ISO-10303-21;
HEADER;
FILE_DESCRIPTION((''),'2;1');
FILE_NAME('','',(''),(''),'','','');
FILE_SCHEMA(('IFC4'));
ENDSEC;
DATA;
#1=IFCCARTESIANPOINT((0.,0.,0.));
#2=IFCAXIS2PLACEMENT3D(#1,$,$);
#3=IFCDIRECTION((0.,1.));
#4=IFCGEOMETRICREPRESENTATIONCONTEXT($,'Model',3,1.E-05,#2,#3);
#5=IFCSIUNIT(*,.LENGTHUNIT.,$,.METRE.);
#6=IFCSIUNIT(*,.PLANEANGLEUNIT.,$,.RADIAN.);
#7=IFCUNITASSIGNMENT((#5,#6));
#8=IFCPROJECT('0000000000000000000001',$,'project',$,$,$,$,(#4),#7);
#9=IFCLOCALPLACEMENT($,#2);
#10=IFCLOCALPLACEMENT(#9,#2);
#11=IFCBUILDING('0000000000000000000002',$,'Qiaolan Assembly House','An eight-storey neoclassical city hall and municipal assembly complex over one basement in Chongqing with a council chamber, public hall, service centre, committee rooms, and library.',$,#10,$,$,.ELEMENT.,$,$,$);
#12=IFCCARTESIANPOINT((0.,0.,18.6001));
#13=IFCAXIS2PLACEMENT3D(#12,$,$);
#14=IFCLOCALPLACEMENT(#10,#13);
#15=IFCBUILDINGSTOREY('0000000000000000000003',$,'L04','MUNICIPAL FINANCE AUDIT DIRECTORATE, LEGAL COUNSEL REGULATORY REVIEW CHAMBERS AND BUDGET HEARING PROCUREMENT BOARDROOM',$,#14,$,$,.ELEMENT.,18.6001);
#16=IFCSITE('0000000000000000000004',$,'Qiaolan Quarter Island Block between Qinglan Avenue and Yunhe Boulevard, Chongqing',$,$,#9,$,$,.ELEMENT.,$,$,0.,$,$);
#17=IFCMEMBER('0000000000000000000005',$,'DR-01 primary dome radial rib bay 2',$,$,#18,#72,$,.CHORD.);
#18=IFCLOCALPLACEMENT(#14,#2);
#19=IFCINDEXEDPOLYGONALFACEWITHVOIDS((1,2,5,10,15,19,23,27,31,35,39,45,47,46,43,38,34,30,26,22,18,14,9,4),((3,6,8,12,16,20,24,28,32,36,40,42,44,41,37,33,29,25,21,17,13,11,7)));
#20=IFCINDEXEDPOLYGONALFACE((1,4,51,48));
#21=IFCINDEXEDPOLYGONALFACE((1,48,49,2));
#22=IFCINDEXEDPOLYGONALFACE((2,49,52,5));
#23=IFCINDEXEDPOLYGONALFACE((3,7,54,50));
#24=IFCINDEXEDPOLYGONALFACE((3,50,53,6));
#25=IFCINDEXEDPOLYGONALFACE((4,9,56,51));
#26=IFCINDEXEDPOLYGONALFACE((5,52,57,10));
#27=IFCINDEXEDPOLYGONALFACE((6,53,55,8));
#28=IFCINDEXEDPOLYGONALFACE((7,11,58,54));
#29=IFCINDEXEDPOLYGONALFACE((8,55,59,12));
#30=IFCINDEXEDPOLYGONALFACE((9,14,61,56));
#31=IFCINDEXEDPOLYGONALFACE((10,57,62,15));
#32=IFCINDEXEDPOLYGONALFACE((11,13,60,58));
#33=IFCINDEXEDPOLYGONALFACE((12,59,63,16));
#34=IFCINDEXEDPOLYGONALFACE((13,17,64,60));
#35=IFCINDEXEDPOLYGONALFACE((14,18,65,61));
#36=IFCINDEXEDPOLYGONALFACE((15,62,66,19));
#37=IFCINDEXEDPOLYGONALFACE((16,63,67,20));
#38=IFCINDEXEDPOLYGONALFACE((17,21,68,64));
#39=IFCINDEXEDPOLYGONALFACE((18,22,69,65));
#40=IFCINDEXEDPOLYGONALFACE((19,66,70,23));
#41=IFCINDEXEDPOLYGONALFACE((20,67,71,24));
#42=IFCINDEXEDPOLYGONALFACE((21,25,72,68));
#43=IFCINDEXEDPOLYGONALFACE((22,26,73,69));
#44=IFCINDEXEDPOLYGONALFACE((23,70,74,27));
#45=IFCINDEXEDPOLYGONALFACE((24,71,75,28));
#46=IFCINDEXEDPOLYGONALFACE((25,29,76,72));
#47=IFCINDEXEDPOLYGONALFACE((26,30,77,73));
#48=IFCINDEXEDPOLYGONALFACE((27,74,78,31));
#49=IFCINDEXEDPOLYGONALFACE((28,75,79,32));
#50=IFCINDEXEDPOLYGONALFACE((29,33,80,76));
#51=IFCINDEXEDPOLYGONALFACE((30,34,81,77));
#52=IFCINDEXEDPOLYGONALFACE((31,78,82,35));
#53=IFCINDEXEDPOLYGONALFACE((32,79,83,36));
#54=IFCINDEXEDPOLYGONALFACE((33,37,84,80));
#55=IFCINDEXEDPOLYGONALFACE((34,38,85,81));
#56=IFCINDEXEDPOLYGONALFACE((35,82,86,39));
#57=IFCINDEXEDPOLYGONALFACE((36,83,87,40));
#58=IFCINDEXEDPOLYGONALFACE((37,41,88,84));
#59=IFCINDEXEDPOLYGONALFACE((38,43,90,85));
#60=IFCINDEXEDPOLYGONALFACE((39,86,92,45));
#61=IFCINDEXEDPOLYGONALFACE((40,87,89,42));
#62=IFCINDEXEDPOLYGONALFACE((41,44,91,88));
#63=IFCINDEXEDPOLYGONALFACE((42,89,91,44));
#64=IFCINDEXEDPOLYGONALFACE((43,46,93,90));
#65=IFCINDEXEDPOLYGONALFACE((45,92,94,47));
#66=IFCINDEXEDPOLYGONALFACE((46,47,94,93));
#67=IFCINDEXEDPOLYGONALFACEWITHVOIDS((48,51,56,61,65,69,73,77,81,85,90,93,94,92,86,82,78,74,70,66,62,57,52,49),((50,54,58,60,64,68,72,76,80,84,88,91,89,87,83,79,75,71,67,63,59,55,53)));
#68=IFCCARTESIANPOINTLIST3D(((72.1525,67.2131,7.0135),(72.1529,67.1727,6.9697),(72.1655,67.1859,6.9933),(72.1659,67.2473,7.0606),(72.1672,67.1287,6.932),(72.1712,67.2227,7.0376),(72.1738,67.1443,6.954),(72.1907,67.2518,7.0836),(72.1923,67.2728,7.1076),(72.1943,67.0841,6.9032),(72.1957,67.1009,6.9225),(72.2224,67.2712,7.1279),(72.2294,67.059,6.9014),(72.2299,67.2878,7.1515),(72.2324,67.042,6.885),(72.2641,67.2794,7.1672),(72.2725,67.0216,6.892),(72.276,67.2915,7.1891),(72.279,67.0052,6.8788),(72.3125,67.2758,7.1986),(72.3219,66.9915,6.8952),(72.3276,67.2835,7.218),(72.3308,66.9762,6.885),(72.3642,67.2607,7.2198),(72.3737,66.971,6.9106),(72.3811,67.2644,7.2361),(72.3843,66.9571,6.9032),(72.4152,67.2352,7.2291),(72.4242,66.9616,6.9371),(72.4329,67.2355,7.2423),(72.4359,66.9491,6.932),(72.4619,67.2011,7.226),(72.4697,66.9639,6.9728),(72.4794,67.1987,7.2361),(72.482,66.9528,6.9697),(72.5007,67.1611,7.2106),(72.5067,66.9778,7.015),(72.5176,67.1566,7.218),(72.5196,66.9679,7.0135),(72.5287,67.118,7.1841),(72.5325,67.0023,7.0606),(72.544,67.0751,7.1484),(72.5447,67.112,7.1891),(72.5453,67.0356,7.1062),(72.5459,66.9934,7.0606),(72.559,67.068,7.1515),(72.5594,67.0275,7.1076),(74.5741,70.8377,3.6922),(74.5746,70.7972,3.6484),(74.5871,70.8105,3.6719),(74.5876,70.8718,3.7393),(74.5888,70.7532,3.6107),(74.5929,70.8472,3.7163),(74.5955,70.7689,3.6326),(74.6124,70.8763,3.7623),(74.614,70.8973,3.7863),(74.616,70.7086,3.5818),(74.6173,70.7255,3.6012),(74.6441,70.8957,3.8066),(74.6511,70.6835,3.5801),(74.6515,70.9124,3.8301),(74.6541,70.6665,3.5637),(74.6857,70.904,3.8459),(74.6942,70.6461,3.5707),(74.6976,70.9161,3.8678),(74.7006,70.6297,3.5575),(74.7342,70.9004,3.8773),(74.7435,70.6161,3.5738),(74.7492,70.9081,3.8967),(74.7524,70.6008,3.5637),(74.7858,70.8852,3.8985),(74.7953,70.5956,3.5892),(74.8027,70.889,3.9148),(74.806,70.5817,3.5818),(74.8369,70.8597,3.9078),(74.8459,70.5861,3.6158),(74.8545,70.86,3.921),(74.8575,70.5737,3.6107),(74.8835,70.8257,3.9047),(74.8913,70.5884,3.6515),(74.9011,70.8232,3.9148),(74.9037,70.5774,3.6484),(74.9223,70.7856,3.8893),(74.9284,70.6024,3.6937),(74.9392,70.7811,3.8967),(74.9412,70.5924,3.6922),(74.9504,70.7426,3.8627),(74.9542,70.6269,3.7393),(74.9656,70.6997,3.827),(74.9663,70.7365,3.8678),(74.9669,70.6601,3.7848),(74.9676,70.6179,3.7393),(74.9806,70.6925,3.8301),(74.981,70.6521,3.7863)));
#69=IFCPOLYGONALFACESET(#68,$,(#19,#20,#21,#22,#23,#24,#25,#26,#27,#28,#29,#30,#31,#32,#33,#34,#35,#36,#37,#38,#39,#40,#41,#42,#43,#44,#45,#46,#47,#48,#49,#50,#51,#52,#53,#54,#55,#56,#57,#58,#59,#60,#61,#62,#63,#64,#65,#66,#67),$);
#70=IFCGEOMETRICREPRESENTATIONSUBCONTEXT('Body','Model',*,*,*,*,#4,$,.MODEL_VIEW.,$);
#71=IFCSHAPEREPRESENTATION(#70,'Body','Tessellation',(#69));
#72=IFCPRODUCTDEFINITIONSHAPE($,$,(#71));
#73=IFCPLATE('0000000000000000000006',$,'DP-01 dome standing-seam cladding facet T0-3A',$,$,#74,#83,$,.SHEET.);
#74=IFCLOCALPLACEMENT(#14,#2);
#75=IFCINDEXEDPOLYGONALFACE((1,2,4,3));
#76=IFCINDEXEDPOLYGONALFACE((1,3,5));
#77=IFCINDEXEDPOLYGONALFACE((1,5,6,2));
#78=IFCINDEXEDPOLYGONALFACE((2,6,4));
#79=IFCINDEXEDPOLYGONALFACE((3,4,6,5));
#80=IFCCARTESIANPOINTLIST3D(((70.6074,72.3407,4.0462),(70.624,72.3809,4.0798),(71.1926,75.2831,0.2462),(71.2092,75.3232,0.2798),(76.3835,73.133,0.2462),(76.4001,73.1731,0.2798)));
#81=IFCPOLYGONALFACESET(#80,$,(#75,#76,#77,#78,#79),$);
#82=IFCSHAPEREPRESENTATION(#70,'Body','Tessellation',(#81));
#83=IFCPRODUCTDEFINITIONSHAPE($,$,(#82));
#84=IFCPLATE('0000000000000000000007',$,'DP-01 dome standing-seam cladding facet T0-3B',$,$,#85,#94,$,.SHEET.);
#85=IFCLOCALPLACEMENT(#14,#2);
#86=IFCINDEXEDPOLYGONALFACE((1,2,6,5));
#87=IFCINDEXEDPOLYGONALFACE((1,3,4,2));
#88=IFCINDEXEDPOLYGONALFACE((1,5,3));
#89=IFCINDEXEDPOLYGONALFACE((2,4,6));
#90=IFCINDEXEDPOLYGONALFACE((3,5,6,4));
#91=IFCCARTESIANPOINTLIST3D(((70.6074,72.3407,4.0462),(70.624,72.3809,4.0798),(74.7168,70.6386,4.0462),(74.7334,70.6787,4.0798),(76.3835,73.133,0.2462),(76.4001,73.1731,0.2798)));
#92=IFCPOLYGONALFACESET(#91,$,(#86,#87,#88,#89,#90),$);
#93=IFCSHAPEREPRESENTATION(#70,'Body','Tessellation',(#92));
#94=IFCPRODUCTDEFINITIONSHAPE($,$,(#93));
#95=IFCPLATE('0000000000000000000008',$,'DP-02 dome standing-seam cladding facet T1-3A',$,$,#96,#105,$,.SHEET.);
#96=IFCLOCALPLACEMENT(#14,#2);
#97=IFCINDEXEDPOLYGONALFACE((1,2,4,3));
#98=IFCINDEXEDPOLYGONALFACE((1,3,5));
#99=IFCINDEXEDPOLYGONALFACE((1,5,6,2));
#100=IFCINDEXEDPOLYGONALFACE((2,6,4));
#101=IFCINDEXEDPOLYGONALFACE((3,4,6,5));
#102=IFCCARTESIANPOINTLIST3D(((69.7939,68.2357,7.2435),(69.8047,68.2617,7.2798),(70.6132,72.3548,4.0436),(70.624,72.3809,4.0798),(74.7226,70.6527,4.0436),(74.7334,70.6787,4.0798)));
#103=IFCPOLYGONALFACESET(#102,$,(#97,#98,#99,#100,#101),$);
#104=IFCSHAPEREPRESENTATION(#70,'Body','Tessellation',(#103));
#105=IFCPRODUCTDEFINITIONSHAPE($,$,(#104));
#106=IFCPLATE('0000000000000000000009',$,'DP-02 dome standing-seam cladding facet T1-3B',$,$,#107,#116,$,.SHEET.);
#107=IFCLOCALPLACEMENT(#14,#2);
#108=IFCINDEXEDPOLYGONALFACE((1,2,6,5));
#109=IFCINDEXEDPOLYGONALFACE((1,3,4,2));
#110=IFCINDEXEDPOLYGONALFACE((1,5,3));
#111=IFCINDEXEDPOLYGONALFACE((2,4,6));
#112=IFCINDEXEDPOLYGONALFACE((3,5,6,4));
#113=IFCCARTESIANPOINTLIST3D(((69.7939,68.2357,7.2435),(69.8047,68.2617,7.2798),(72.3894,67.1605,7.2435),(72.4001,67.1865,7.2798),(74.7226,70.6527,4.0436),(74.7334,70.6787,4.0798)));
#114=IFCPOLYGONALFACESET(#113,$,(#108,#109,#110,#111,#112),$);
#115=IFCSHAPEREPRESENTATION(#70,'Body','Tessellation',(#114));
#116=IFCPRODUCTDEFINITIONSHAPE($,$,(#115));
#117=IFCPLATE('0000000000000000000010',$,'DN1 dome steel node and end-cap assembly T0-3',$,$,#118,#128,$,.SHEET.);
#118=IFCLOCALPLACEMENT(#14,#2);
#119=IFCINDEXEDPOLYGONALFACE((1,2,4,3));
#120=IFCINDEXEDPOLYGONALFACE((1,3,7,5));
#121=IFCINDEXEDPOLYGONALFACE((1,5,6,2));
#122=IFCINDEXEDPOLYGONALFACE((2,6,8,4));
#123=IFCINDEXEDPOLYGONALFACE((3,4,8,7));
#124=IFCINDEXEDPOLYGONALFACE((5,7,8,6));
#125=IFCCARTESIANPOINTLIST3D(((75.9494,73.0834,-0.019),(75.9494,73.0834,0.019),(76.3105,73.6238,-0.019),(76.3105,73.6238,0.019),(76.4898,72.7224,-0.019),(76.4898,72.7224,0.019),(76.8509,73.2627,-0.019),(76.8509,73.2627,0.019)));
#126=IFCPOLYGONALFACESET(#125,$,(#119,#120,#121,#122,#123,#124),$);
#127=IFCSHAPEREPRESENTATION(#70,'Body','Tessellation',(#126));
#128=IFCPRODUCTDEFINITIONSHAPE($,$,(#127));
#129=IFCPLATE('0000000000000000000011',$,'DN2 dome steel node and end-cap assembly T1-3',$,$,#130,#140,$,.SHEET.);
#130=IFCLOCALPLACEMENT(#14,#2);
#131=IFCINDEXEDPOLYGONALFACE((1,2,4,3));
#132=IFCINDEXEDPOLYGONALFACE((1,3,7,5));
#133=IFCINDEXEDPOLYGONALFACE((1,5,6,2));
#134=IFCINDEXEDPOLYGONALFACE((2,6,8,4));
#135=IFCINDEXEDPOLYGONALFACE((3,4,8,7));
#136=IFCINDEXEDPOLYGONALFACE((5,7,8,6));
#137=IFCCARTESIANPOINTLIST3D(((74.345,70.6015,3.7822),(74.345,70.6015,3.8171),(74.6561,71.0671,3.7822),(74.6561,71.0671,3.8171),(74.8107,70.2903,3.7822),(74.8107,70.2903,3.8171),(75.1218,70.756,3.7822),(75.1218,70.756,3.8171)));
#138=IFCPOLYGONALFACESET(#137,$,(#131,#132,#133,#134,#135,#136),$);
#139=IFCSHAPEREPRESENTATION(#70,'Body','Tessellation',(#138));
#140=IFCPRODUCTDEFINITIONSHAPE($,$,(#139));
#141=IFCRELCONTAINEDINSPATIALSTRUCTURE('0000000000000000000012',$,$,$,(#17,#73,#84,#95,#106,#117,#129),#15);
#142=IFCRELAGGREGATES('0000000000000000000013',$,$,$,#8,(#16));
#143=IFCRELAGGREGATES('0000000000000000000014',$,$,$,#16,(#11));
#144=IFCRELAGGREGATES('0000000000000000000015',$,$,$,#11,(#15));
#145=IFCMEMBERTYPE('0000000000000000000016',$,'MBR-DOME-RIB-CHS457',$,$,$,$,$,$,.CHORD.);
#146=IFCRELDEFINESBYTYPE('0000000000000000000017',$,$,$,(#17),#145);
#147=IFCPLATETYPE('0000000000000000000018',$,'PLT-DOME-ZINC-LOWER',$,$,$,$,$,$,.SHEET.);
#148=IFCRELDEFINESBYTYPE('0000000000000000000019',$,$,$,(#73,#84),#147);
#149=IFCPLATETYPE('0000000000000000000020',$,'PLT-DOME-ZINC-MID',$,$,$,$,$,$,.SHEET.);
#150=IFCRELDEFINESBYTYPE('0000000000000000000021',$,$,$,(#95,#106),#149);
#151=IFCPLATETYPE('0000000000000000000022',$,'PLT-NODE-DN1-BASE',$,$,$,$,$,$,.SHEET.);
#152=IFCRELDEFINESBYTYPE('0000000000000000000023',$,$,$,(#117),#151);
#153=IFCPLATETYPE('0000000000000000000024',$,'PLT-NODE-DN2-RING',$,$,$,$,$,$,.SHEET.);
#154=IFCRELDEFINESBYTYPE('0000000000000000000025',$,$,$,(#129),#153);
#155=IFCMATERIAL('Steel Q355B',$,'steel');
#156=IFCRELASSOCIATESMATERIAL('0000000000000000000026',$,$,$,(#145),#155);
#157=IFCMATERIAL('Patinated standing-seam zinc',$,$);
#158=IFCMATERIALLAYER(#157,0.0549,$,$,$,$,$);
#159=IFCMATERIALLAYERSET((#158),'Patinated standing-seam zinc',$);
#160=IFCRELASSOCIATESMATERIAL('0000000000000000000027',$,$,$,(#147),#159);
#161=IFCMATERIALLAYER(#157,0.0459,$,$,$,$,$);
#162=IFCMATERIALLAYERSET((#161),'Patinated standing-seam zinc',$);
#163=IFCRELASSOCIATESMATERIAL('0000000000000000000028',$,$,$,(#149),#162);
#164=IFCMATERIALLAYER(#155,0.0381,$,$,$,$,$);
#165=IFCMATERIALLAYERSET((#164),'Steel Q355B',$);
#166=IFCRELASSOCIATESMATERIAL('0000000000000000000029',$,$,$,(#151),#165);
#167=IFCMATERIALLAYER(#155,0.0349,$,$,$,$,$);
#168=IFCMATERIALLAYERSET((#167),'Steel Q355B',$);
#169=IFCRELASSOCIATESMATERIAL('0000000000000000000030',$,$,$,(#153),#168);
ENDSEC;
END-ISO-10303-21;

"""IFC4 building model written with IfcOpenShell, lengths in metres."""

from ifc_helpers import new_model, si_unit, direction, frame, origin, origin_2d, place, context, subcontext, project, spatial, polyline, rectangle, hollow_circle, outline, extrude, material, layer, layer_set, material_profile, profile_set, type_object, element, save


model = new_model("IFC4")

# Units and contexts
model_context = context("Model", 3, precision=1e-05, world=origin(), true_north=direction((0.0, 1.0)))
body_context = subcontext(model_context, "Body", "Model", "MODEL_VIEW")
ifc_project = project(units=[si_unit("LENGTHUNIT", "METRE"), si_unit("PLANEANGLEUNIT", "RADIAN")], contexts=[model_context])

# Site, building, storey
site_placement = place(None, origin())
site = spatial("IfcSite", under=ifc_project, at=site_placement, Name="Qiaolan Quarter Island Block between Qinglan Avenue and Yunhe Boulevard, Chongqing", CompositionType="ELEMENT", RefElevation=0.0)
building_placement = place(site_placement, origin())
building = spatial("IfcBuilding", under=site, at=building_placement, Name="Qiaolan Assembly House", Description="An eight-storey neoclassical city hall and municipal assembly complex over one basement in Chongqing with a council chamber, public hall, service centre, committee rooms, and library.", CompositionType="ELEMENT")
storey_placement = place(building_placement, frame((0.0, 0.0, 18.6001)))
storey = spatial("IfcBuildingStorey", under=building, at=storey_placement, Name="L04", Description="MUNICIPAL FINANCE AUDIT DIRECTORATE, LEGAL COUNSEL REGULATORY REVIEW CHAMBERS AND BUDGET HEARING PROCUREMENT BOARDROOM", CompositionType="ELEMENT", Elevation=18.6001)

# Shared definitions
ifc_material_1 = material(Name="Steel Q355B", Category="steel")

# Member
ifc_material_profile_1 = material_profile(ifc_material_1, hollow_circle(Radius=0.2285, WallThickness=0.0161, at=origin_2d()), Name="CHS 457x16")
ifc_profile_set_1 = profile_set([ifc_material_profile_1], Name="Steel Q355B")
member_type_1 = type_object("IfcMemberType", Name="MBR-DOME-RIB-CHS457", PredefinedType="CHORD", material=ifc_profile_set_1)
member_1_placement = place(storey_placement, frame((74.7776, 70.7449, 3.7393), z_axis=(-0.441889, -0.661386, 0.606055), x_axis=(0.83149, -0.55554, 0.0)))
element("IfcMember", 1, at=member_1_placement, inside=storey, type_object=member_type_1, Name="DR-01 primary dome radial rib bay 2", PredefinedType="CHORD", context=body_context, shape_type="SweptSolid", body=[
    extrude(hollow_circle(Radius=0.2285, WallThickness=0.0161, at=origin_2d()), origin(), (0.0, 0.0, 1.0), 5.4802),
])

# Plates
ifc_material_2 = material(Name="Patinated standing-seam zinc")
ifc_layer_1 = layer(ifc_material_2, 0.0549)
ifc_layer_set_1 = layer_set([ifc_layer_1], Name="Patinated standing-seam zinc")
plate_type_1 = type_object("IfcPlateType", Name="PLT-DOME-ZINC-LOWER", PredefinedType="SHEET", material=ifc_layer_set_1)
plate_1_placement = place(storey_placement, frame((76.4001, 73.1731, 0.2798), z_axis=(0.302582, 0.730498, 0.612223), x_axis=(-0.92388, 0.382683, 0.0)))
element("IfcPlate", 2, at=plate_1_placement, inside=storey, type_object=plate_type_1, Name="DP-01 dome standing-seam cladding facet T0-3A", PredefinedType="SHEET", context=body_context, shape_type="SweptSolid", body=[
    extrude(outline(polyline([(0.0, 0.0), (5.6186, 0.0), (5.0333, 4.806), (0.0, 0.0)])), origin(), (0.0, 0.0, -1.0), 0.0549),
])
plate_2_placement = place(storey_placement, frame((76.4001, 73.1731, 0.2798), z_axis=(0.302581, 0.730499, 0.612222), x_axis=(-0.829988, -0.113839, 0.54604)))
element("IfcPlate", 3, at=plate_2_placement, inside=storey, type_object=plate_type_1, Name="DP-01 dome standing-seam cladding facet T0-3B", PredefinedType="SHEET", context=body_context, shape_type="SweptSolid", body=[
    extrude(outline(polyline([(0.0, 0.0), (6.9593, 0.0), (3.7423, 3.0717), (0.0, 0.0)])), origin(), (0.0, 0.0, -1.0), 0.0549),
])
ifc_layer_2 = layer(ifc_material_2, 0.0459)
ifc_layer_set_2 = layer_set([ifc_layer_2], Name="Patinated standing-seam zinc")
plate_type_2 = type_object("IfcPlateType", Name="PLT-DOME-ZINC-MID", PredefinedType="SHEET", material=ifc_layer_set_2)
plate_3_placement = place(storey_placement, frame((74.7334, 70.6787, 4.0798), z_axis=(0.234769, 0.566786, 0.789707), x_axis=(-0.92388, 0.382681, 0.0)))
element("IfcPlate", 4, at=plate_3_placement, inside=storey, type_object=plate_type_2, Name="DP-02 dome standing-seam cladding facet T1-3A", PredefinedType="SHEET", context=body_context, shape_type="SweptSolid", body=[
    extrude(outline(polyline([(0.0, 0.0), (4.448, 0.0), (3.6286, 5.216), (0.0, 0.0)])), origin(), (0.0, 0.0, -1.0), 0.0459),
])
plate_4_placement = place(storey_placement, frame((74.7334, 70.6787, 4.0798), z_axis=(0.234787, 0.566763, 0.789718), x_axis=(-0.775682, -0.380387, 0.503609)))
element("IfcPlate", 5, at=plate_4_placement, inside=storey, type_object=plate_type_2, Name="DP-02 dome standing-seam cladding facet T1-3B", PredefinedType="SHEET", context=body_context, shape_type="SweptSolid", body=[
    extrude(outline(polyline([(0.0, 0.0), (6.354, 0.0), (4.7498, 2.3063), (0.0, 0.0)])), origin(), (0.0, 0.0, -1.0), 0.0459),
])
ifc_layer_3 = layer(ifc_material_1, 0.0381)
ifc_layer_set_3 = layer_set([ifc_layer_3], Name="Steel Q355B")
plate_type_3 = type_object("IfcPlateType", Name="PLT-NODE-DN1-BASE", PredefinedType="SHEET", material=ifc_layer_set_3)
plate_5_placement = place(storey_placement, frame((76.4001, 73.1731, -0.019), z_axis=(0.0, 0.0, 1.0), x_axis=(0.55557, 0.83147, 0.0)))
element("IfcPlate", 6, at=plate_5_placement, inside=storey, type_object=plate_type_3, Name="DN1 dome steel node and end-cap assembly T0-3", PredefinedType="SHEET", context=body_context, shape_type="SweptSolid", body=[
    extrude(rectangle(XDim=0.6499, YDim=0.6499, at=origin_2d()), origin(), (0.0, 0.0, 1.0), 0.0381),
])
ifc_layer_4 = layer(ifc_material_1, 0.0349)
ifc_layer_set_4 = layer_set([ifc_layer_4], Name="Steel Q355B")
plate_type_4 = type_object("IfcPlateType", Name="PLT-NODE-DN2-RING", PredefinedType="SHEET", material=ifc_layer_set_4)
plate_6_placement = place(storey_placement, frame((74.7334, 70.6787, 3.7822), z_axis=(0.0, 0.0, 1.0), x_axis=(0.55557, 0.83147, 0.0)))
element("IfcPlate", 7, at=plate_6_placement, inside=storey, type_object=plate_type_4, Name="DN2 dome steel node and end-cap assembly T1-3", PredefinedType="SHEET", context=body_context, shape_type="SweptSolid", body=[
    extrude(rectangle(XDim=0.5601, YDim=0.5601, at=origin_2d()), origin(), (0.0, 0.0, 1.0), 0.0349),
])

save(model, "model.ifc")
